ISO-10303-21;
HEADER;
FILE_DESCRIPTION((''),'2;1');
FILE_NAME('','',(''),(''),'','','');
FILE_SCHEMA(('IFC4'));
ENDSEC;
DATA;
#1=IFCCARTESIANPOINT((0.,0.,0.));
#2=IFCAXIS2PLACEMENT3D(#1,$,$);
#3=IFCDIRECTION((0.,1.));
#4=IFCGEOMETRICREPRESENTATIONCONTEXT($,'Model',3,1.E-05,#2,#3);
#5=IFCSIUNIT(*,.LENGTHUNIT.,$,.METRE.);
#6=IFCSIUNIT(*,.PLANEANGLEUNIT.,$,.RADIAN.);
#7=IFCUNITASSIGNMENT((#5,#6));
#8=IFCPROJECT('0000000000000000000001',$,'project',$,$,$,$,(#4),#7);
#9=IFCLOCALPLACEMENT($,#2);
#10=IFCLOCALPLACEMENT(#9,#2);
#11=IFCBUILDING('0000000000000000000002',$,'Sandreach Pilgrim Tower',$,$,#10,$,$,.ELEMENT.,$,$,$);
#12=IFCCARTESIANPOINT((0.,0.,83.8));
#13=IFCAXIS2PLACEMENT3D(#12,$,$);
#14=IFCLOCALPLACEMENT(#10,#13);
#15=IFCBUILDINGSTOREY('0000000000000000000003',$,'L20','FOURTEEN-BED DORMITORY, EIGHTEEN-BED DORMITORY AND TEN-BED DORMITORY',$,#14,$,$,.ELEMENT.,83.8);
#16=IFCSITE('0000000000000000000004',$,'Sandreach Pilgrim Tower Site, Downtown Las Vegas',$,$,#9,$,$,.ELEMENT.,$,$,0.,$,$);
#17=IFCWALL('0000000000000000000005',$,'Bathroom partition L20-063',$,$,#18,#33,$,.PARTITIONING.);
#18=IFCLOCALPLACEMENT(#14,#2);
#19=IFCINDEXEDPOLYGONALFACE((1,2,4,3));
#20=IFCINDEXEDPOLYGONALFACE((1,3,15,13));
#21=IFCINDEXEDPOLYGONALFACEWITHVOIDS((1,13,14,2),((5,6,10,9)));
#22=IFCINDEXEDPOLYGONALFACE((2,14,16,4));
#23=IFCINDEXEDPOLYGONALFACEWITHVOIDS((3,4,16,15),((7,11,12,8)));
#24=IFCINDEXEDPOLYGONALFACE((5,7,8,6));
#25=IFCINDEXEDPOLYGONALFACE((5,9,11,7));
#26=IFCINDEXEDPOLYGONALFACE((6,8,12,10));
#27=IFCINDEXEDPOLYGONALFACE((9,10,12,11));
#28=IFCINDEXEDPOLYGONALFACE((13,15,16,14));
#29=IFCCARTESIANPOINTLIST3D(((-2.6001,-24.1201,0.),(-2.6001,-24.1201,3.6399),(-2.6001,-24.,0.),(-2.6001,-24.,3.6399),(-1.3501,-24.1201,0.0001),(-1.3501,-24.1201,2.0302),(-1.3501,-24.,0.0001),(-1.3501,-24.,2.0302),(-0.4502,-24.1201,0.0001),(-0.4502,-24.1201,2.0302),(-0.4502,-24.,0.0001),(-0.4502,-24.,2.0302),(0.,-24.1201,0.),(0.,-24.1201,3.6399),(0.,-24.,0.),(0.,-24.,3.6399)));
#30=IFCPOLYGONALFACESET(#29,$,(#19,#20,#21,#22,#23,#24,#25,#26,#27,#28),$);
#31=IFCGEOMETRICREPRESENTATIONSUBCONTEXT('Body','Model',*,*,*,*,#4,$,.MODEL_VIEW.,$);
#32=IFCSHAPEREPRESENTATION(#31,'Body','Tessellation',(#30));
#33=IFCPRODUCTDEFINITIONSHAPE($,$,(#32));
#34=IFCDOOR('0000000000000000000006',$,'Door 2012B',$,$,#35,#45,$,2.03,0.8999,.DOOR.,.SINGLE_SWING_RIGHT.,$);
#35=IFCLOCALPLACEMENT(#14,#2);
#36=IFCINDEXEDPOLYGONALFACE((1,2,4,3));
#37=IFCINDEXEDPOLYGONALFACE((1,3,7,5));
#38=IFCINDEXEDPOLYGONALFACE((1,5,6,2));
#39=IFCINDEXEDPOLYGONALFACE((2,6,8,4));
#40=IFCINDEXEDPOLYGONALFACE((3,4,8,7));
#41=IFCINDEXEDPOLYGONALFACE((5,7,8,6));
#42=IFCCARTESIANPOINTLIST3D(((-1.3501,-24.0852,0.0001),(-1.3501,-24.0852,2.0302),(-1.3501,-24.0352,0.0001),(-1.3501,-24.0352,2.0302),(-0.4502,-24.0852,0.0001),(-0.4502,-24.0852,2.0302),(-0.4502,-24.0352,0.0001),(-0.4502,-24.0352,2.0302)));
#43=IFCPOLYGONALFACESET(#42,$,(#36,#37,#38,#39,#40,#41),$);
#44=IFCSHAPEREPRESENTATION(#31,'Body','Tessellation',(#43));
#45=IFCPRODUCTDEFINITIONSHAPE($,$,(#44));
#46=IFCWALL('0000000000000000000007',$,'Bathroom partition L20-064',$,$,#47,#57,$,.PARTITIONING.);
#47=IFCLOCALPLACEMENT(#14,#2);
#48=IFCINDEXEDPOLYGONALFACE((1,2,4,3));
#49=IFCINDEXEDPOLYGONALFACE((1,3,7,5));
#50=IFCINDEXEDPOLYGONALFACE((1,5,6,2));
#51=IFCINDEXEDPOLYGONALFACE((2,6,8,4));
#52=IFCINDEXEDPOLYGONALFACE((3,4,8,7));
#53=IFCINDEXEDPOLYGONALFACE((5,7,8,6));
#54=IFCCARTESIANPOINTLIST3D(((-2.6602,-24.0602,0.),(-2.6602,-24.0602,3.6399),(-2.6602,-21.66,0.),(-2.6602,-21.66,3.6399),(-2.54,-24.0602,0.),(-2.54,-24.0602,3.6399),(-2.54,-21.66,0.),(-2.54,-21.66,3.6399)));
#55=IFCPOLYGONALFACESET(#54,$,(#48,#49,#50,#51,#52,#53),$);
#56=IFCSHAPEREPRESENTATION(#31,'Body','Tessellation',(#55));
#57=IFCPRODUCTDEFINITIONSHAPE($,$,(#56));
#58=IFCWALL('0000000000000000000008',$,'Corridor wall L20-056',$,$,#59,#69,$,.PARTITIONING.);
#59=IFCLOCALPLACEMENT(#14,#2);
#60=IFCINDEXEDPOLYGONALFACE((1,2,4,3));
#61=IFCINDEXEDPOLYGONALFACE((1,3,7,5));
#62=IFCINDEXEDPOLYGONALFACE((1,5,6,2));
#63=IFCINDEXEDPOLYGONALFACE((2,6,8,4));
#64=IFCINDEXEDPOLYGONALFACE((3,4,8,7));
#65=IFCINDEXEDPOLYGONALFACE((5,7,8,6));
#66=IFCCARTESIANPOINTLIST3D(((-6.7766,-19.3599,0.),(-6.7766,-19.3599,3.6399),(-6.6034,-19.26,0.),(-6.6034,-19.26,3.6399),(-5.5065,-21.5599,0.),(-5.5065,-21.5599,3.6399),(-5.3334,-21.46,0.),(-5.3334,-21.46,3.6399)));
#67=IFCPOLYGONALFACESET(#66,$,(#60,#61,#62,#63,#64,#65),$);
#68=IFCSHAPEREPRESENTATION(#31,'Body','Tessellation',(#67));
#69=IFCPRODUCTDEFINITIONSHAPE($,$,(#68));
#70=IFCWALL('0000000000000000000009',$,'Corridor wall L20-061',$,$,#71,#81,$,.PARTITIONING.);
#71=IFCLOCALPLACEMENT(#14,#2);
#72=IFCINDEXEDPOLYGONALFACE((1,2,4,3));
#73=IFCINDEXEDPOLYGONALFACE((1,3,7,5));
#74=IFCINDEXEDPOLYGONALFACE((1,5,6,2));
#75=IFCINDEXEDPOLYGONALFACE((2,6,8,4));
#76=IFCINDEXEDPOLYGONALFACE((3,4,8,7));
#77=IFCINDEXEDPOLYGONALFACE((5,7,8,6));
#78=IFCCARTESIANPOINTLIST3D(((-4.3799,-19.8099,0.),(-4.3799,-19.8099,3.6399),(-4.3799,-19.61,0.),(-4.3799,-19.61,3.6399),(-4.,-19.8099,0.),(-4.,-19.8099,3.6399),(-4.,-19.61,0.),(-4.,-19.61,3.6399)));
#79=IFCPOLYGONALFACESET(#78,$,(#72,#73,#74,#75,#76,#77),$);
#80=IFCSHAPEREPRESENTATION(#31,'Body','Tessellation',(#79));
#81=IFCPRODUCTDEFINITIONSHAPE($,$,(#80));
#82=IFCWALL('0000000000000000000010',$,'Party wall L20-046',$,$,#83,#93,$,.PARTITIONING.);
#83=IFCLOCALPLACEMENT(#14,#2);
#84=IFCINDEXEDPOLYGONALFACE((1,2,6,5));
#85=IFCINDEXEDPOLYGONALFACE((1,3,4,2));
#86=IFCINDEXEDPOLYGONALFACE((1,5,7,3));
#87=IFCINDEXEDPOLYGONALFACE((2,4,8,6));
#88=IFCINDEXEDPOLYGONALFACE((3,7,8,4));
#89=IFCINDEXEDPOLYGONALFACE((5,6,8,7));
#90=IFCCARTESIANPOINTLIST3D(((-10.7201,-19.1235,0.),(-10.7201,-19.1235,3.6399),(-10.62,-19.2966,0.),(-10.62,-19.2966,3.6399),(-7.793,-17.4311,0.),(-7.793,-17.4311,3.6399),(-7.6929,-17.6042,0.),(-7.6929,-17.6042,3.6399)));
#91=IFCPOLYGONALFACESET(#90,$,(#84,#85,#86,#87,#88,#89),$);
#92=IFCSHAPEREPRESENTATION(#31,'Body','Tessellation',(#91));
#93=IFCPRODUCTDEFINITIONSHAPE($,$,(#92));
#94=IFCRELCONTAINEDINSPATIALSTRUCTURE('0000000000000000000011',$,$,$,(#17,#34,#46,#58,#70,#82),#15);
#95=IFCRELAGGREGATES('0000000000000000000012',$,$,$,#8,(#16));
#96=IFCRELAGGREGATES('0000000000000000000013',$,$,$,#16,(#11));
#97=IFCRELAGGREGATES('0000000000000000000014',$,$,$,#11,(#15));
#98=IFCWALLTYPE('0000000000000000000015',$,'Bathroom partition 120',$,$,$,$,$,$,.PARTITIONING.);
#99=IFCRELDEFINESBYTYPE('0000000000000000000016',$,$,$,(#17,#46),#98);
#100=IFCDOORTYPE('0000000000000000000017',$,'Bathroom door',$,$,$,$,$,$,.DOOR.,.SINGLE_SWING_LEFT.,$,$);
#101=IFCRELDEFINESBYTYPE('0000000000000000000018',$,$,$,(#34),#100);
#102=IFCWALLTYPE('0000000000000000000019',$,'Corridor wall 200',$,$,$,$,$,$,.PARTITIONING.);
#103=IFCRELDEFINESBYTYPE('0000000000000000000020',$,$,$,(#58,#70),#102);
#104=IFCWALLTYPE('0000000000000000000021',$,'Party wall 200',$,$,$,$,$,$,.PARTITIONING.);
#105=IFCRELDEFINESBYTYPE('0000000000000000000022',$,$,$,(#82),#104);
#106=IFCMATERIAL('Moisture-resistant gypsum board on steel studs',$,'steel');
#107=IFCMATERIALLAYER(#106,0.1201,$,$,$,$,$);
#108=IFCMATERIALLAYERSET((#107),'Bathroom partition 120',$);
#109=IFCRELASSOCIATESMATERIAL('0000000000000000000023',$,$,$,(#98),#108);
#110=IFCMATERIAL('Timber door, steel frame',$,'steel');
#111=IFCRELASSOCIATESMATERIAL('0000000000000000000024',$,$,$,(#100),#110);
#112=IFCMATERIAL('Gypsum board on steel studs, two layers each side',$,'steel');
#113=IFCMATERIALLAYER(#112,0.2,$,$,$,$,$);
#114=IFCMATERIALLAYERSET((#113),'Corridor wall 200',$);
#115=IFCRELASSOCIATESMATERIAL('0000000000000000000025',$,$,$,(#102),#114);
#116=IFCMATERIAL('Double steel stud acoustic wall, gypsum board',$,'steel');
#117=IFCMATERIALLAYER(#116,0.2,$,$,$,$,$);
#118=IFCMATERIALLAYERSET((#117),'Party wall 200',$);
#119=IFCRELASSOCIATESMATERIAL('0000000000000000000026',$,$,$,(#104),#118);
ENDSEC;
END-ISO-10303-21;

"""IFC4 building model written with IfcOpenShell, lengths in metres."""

from ifc_helpers import new_model, si_unit, direction, frame, frame_2d, origin, place, context, subcontext, project, spatial, rectangle, extrude, material, layer, layer_set, type_object, element, fill, save


model = new_model("IFC4")

# Units and contexts
model_context = context("Model", 3, precision=1e-05, world=origin(), true_north=direction((0.0, 1.0)))
body_context = subcontext(model_context, "Body", "Model", "MODEL_VIEW")
ifc_project = project(units=[si_unit("LENGTHUNIT", "METRE"), si_unit("PLANEANGLEUNIT", "RADIAN")], contexts=[model_context])

# Site, building, storey
site_placement = place(None, origin())
site = spatial("IfcSite", under=ifc_project, at=site_placement, Name="Sandreach Pilgrim Tower Site, Downtown Las Vegas", CompositionType="ELEMENT", RefElevation=0.0)
building_placement = place(site_placement, origin())
building = spatial("IfcBuilding", under=site, at=building_placement, Name="Sandreach Pilgrim Tower", CompositionType="ELEMENT")
storey_placement = place(building_placement, frame((0.0, 0.0, 83.8)))
storey = spatial("IfcBuildingStorey", under=building, at=storey_placement, Name="L20", Description="FOURTEEN-BED DORMITORY, EIGHTEEN-BED DORMITORY AND TEN-BED DORMITORY", CompositionType="ELEMENT", Elevation=83.8)

# Wall, opening, door
ifc_material_1 = material(Name="Moisture-resistant gypsum board on steel studs", Category="steel")
ifc_layer_1 = layer(ifc_material_1, 0.1201)
ifc_layer_set_1 = layer_set([ifc_layer_1], Name="Bathroom partition 120")
wall_type_1 = type_object("IfcWallType", Name="Bathroom partition 120", PredefinedType="PARTITIONING", material=ifc_layer_set_1)
ifc_material_2 = material(Name="Timber door, steel frame", Category="steel")
door_type_1 = type_object("IfcDoorType", Name="Bathroom door", OperationType="SINGLE_SWING_LEFT", PredefinedType="DOOR", material=ifc_material_2)
wall_1_placement = place(storey_placement, frame((-2.6001, -24.0601, 0.0), z_axis=(0.0, 0.0, 1.0), x_axis=(1.0, 0.0, 0.0)))
wall_1 = element("IfcWall", 1, at=wall_1_placement, inside=storey, type_object=wall_type_1, Name="Bathroom partition L20-063", PredefinedType="PARTITIONING", context=body_context, shape_type="SweptSolid", body=[
    extrude(rectangle(XDim=2.6001, YDim=0.1201, at=frame_2d((1.3, 0.0))), origin(), (0.0, 0.0, 1.0), 3.6399),
])
opening_1_placement = place(wall_1_placement, frame((1.25, 0.0, 0.0)))
opening_1 = element("IfcOpeningElement", 2, at=opening_1_placement, cuts=wall_1, PredefinedType="OPENING", context=body_context, shape_type="SweptSolid", body=[
    extrude(rectangle(XDim=0.8999, YDim=2.03, at=frame_2d((0.45, 1.0151))), frame((0.0, 0.0601, 0.0), z_axis=(0.0, -1.0, 0.0), x_axis=(1.0, 0.0, 0.0)), (0.0, 0.0, 1.0), 0.1201),
])
door_1_placement = place(opening_1_placement, origin())
door_1 = element("IfcDoor", 3, at=door_1_placement, inside=storey, type_object=door_type_1, Name="Door 2012B", OperationType="SINGLE_SWING_RIGHT", OverallHeight=2.03, OverallWidth=0.8999, PredefinedType="DOOR", context=body_context, shape_type="SweptSolid", body=[
    extrude(rectangle(XDim=0.8999, YDim=2.03, at=frame_2d((0.45, 1.0151))), frame((0.0, 0.0249, 0.0), z_axis=(0.0, -1.0, 0.0), x_axis=(1.0, 0.0, 0.0)), (0.0, 0.0, 1.0), 0.05),
])
fill(opening_1, door_1)

# Wall
wall_2_placement = place(storey_placement, frame((-2.6001, -21.6599, 0.0), z_axis=(0.0, 0.0, 1.0), x_axis=(0.0, -1.0, 0.0)))
element("IfcWall", 4, at=wall_2_placement, inside=storey, type_object=wall_type_1, Name="Bathroom partition L20-064", PredefinedType="PARTITIONING", context=body_context, shape_type="SweptSolid", body=[
    extrude(rectangle(XDim=2.4001, YDim=0.1201, at=frame_2d((1.2002, 0.0))), origin(), (0.0, 0.0, 1.0), 3.6399),
])

# Shared definitions
ifc_material_3 = material(Name="Gypsum board on steel studs, two layers each side", Category="steel")
ifc_layer_2 = layer(ifc_material_3, 0.2)
ifc_layer_set_2 = layer_set([ifc_layer_2], Name="Corridor wall 200")
wall_type_2 = type_object("IfcWallType", Name="Corridor wall 200", PredefinedType="PARTITIONING", material=ifc_layer_set_2)

# Wall
wall_3_placement = place(storey_placement, frame((-6.6899, -19.3101, 0.0), z_axis=(0.0, 0.0, 1.0), x_axis=(0.499964, -0.866046, 0.0)))
element("IfcWall", 5, at=wall_3_placement, inside=storey, type_object=wall_type_2, Name="Corridor wall L20-056", PredefinedType="PARTITIONING", context=body_context, shape_type="SweptSolid", body=[
    extrude(rectangle(XDim=2.5403, YDim=0.2, at=frame_2d((1.27, 0.0))), origin(), (0.0, 0.0, 1.0), 3.6399),
])

# Walls
wall_4_placement = place(storey_placement, frame((-4.0, -19.71, 0.0), z_axis=(0.0, 0.0, 1.0), x_axis=(-1.0, 0.0, 0.0)))
element("IfcWall", 6, at=wall_4_placement, inside=storey, type_object=wall_type_2, Name="Corridor wall L20-061", PredefinedType="PARTITIONING", context=body_context, shape_type="SweptSolid", body=[
    extrude(rectangle(XDim=0.3799, YDim=0.2, at=frame_2d((0.1899, 0.0))), origin(), (0.0, 0.0, 1.0), 3.6399),
])
ifc_material_4 = material(Name="Double steel stud acoustic wall, gypsum board", Category="steel")
ifc_layer_3 = layer(ifc_material_4, 0.2)
ifc_layer_set_3 = layer_set([ifc_layer_3], Name="Party wall 200")
wall_type_3 = type_object("IfcWallType", Name="Party wall 200", PredefinedType="PARTITIONING", material=ifc_layer_set_3)
wall_5_placement = place(storey_placement, frame((-10.6699, -19.21, 0.0), z_axis=(0.0, 0.0, 1.0), x_axis=(0.865708, 0.500549, 0.0)))
element("IfcWall", 7, at=wall_5_placement, inside=storey, type_object=wall_type_3, Name="Party wall L20-046", PredefinedType="PARTITIONING", context=body_context, shape_type="SweptSolid", body=[
    extrude(rectangle(XDim=3.3811, YDim=0.2, at=frame_2d((1.6904, 0.0))), origin(), (0.0, 0.0, 1.0), 3.6399),
])

save(model, "model.ifc")
